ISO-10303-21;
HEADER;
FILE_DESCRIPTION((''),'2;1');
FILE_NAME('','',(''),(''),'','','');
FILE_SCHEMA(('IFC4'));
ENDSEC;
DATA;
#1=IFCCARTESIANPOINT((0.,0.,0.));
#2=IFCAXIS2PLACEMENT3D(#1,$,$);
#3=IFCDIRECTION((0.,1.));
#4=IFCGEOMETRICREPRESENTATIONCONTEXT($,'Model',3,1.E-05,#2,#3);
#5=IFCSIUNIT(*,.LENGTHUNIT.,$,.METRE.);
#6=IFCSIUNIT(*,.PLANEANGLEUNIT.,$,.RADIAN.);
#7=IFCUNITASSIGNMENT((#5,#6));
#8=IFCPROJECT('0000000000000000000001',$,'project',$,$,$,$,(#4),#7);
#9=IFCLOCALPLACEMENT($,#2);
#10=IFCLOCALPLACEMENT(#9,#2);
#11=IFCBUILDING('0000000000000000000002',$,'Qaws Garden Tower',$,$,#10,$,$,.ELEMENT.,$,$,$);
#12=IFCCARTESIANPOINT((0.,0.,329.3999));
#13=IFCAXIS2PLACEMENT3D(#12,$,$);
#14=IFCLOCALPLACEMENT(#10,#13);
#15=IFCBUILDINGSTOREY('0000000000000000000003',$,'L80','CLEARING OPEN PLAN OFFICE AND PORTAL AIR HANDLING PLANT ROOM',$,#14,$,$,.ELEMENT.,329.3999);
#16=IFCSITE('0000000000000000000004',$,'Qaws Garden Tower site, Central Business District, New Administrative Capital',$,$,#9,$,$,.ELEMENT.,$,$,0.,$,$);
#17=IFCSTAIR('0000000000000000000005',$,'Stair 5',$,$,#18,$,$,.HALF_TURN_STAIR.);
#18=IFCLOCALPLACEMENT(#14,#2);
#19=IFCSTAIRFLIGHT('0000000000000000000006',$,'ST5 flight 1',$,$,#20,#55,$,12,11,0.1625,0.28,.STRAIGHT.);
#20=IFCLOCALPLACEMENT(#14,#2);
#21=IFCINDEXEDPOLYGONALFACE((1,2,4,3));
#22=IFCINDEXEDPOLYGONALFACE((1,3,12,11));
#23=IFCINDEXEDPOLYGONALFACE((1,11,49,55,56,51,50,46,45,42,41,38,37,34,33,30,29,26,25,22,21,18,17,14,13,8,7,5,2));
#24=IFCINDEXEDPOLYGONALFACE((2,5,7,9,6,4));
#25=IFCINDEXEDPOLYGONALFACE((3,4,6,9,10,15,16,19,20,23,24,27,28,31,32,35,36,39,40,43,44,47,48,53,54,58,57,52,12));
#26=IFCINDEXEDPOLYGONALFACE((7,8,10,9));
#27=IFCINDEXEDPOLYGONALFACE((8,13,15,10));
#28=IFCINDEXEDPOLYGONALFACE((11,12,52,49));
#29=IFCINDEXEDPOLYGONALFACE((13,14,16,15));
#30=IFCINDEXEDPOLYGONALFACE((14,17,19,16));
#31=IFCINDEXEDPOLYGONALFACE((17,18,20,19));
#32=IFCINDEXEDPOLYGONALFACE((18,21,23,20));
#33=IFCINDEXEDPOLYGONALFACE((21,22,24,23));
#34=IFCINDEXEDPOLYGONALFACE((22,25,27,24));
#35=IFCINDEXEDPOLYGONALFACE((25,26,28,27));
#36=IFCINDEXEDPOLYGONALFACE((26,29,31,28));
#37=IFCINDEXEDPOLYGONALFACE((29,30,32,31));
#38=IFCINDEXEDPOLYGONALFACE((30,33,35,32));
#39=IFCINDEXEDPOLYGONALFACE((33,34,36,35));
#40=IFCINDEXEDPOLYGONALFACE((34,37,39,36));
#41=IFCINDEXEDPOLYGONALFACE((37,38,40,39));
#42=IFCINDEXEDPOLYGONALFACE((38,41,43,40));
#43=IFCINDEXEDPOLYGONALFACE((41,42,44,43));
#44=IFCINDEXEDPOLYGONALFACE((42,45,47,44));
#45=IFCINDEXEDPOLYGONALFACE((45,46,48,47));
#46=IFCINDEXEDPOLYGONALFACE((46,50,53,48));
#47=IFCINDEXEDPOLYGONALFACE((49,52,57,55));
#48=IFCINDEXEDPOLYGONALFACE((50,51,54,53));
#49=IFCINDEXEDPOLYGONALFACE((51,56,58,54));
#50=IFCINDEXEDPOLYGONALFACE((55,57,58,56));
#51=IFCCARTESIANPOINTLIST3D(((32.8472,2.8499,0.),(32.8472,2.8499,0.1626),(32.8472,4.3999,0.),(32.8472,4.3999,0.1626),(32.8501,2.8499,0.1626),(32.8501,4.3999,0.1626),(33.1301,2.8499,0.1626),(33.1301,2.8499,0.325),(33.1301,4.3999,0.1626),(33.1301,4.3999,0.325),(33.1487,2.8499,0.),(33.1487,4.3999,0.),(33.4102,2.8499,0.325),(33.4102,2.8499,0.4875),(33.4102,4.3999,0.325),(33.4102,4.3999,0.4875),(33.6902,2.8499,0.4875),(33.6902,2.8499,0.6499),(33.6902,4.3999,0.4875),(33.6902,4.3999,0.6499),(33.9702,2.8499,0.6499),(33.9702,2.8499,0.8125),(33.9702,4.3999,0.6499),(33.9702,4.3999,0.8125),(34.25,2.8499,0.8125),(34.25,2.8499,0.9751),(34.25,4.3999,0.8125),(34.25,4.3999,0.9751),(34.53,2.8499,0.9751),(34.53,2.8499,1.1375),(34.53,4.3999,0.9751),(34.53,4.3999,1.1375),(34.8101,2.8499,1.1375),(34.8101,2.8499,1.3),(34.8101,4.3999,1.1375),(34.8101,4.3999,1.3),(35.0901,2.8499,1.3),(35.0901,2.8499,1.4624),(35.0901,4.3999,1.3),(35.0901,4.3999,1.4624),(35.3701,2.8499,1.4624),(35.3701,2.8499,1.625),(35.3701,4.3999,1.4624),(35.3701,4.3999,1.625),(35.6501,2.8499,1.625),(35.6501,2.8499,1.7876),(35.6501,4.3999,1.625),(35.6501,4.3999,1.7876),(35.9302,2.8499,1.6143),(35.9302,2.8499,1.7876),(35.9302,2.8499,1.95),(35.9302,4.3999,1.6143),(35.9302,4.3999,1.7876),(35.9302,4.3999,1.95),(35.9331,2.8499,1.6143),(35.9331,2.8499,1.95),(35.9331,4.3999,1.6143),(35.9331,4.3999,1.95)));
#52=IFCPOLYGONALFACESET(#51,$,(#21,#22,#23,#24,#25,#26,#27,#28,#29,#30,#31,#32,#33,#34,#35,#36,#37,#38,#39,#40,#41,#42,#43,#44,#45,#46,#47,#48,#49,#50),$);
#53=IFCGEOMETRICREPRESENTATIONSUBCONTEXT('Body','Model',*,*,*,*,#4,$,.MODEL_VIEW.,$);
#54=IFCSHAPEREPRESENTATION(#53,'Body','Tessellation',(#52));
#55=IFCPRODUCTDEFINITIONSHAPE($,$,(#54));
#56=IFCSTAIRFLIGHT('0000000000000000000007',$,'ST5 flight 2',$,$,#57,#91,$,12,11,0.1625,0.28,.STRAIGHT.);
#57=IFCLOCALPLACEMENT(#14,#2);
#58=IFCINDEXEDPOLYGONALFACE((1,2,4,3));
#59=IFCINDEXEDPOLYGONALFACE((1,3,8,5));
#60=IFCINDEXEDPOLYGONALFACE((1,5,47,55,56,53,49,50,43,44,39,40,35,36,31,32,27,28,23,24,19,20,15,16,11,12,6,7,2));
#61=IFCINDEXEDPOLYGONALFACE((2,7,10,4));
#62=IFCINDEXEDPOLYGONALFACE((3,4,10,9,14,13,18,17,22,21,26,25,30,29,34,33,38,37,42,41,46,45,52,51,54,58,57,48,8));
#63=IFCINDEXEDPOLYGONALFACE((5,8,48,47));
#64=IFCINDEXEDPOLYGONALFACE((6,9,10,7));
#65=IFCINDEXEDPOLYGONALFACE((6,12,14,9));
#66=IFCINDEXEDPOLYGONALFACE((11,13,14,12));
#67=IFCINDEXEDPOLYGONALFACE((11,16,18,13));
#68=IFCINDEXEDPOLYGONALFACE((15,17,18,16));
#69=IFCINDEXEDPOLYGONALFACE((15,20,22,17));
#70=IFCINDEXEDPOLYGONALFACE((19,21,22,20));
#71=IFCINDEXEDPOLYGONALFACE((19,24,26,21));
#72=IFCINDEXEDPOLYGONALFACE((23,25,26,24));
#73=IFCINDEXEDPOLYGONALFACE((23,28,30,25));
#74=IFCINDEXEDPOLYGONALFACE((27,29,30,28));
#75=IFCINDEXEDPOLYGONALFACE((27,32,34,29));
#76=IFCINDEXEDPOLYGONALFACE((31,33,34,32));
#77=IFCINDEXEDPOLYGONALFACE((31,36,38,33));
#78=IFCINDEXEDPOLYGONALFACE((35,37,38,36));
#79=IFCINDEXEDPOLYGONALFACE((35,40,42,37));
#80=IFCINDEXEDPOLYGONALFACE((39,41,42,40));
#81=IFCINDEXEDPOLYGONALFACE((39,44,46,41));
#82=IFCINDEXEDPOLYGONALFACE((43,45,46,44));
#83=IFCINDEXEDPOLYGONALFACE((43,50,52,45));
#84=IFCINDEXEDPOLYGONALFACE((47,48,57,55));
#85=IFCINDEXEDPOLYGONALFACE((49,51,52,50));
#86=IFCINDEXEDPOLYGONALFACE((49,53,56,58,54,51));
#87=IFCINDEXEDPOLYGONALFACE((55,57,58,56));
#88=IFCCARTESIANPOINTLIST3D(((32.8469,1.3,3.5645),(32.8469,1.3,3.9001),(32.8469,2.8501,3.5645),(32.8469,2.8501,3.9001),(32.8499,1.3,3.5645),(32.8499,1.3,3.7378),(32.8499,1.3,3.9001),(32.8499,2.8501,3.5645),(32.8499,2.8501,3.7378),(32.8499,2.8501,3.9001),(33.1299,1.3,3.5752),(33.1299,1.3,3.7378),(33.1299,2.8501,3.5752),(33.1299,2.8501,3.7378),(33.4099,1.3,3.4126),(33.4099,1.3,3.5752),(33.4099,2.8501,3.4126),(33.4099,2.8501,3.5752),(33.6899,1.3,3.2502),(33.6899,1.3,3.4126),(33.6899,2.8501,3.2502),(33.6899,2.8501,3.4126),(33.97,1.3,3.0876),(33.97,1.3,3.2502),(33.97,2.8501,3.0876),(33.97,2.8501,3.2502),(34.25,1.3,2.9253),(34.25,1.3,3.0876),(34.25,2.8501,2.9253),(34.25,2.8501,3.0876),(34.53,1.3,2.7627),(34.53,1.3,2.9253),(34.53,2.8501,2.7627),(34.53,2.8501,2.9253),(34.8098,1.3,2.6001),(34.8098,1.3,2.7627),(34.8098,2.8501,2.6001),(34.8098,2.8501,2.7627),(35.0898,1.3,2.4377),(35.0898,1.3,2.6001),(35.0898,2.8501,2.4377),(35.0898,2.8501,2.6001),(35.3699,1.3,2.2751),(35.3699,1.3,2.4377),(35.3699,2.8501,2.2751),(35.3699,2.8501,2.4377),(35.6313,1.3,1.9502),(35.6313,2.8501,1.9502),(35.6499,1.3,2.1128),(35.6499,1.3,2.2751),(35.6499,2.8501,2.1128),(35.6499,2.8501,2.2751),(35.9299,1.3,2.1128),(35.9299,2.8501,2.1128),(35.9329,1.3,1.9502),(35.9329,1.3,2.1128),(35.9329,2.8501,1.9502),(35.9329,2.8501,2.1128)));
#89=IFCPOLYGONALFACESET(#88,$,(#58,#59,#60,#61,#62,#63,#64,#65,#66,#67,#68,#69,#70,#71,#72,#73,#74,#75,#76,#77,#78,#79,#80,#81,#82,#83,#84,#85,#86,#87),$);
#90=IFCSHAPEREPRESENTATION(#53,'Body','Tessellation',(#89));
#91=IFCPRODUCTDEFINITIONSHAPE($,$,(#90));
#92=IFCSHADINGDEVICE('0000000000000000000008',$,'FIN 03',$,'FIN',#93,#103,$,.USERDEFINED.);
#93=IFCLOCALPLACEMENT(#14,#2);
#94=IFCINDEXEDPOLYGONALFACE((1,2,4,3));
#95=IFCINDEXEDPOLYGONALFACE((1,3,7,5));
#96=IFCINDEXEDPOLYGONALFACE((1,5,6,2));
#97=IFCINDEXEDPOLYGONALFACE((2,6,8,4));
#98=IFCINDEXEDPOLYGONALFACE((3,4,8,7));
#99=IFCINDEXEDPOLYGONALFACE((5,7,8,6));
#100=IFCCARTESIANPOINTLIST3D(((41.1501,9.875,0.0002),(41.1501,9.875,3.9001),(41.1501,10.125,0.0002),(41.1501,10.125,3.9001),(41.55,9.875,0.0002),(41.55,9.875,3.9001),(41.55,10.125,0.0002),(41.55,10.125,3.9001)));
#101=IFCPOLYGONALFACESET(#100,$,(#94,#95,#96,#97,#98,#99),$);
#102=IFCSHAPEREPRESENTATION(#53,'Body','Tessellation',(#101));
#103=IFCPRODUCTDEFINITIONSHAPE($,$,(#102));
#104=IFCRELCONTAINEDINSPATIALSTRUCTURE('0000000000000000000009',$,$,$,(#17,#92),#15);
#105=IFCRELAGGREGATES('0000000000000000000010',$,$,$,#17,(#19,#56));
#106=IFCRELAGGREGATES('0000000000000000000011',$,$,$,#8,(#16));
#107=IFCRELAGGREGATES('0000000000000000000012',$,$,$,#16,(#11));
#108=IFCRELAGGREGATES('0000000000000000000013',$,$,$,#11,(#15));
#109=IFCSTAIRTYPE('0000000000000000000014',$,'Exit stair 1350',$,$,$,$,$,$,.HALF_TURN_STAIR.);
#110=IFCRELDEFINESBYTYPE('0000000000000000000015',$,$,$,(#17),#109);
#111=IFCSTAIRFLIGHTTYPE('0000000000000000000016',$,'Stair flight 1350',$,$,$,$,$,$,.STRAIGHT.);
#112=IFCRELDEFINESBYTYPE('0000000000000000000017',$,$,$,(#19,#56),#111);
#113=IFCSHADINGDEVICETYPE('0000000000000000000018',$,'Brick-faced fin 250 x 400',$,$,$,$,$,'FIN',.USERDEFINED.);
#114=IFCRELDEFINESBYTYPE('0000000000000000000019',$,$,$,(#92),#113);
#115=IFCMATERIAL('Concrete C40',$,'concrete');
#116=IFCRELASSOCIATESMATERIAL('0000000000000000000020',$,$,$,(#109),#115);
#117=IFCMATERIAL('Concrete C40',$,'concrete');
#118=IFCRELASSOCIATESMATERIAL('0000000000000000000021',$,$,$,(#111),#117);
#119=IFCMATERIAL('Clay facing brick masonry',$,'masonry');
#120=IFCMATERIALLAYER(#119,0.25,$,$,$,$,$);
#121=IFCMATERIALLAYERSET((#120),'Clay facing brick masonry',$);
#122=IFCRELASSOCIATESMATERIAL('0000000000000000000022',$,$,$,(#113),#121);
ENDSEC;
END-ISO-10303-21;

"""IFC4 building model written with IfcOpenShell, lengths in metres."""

from ifc_helpers import new_model, si_unit, direction, frame, origin, origin_2d, place, context, subcontext, project, spatial, polyline, rectangle, outline, extrude, material, layer, layer_set, type_object, element, aggregate, save


model = new_model("IFC4")

# Units and contexts
model_context = context("Model", 3, precision=1e-05, world=origin(), true_north=direction((0.0, 1.0)))
body_context = subcontext(model_context, "Body", "Model", "MODEL_VIEW")
ifc_project = project(units=[si_unit("LENGTHUNIT", "METRE"), si_unit("PLANEANGLEUNIT", "RADIAN")], contexts=[model_context])

# Site, building, storey
site_placement = place(None, origin())
site = spatial("IfcSite", under=ifc_project, at=site_placement, Name="Qaws Garden Tower site, Central Business District, New Administrative Capital", CompositionType="ELEMENT", RefElevation=0.0)
building_placement = place(site_placement, origin())
building = spatial("IfcBuilding", under=site, at=building_placement, Name="Qaws Garden Tower", CompositionType="ELEMENT")
storey_placement = place(building_placement, frame((0.0, 0.0, 329.3999)))
storey = spatial("IfcBuildingStorey", under=building, at=storey_placement, Name="L80", Description="CLEARING OPEN PLAN OFFICE AND PORTAL AIR HANDLING PLANT ROOM", CompositionType="ELEMENT", Elevation=329.3999)

# Stair, stair flights
ifc_material_1 = material(Name="Concrete C40", Category="concrete")
stair_type = type_object("IfcStairType", Name="Exit stair 1350", PredefinedType="HALF_TURN_STAIR", material=ifc_material_1)
stair_placement = place(storey_placement, origin())
stair = element("IfcStair", 1, at=stair_placement, inside=storey, type_object=stair_type, Name="Stair 5", PredefinedType="HALF_TURN_STAIR")
ifc_material_2 = material(Name="Concrete C40", Category="concrete")
stair_flight_type = type_object("IfcStairFlightType", Name="Stair flight 1350", PredefinedType="STRAIGHT", material=ifc_material_2)
stair_flight_1_placement = place(storey_placement, frame((32.8501, 3.625, 0.0), z_axis=(0.0, 0.0, 1.0), x_axis=(1.0, 0.0, 0.0)))
stair_flight_1 = element("IfcStairFlight", 2, at=stair_flight_1_placement, type_object=stair_flight_type, Name="ST5 flight 1", NumberOfRisers=12, NumberOfTreads=11, PredefinedType="STRAIGHT", RiserHeight=0.1625, TreadLength=0.28, context=body_context, shape_type="SweptSolid", body=[
    extrude(outline(polyline([(-0.0029, 0.0), (-0.0029, 0.1626), (0.0, 0.1626), (0.28, 0.1626), (0.28, 0.325), (0.5601, 0.325), (0.5601, 0.4875), (0.8401, 0.4875), (0.8401, 0.6499), (1.1201, 0.6499), (1.1201, 0.8125), (1.3999, 0.8125), (1.3999, 0.9751), (1.6799, 0.9751), (1.6799, 1.1375), (1.96, 1.1375), (1.96, 1.3), (2.24, 1.3), (2.24, 1.4624), (2.52, 1.4624), (2.52, 1.625), (2.8, 1.625), (2.8, 1.7876), (3.0801, 1.7876), (3.0801, 1.95), (3.083, 1.95), (3.083, 1.6143), (3.0801, 1.6143), (0.2986, 0.0), (-0.0029, 0.0)])), frame((0.0, 0.7749, 0.0), z_axis=(0.0, -1.0, 0.0), x_axis=(1.0, 0.0, 0.0)), (0.0, 0.0, 1.0), 1.55),
])
stair_flight_2_placement = place(storey_placement, frame((35.9299, 2.075, 1.9502), z_axis=(0.0, 0.0, 1.0), x_axis=(-1.0, 0.0, 0.0)))
stair_flight_2 = element("IfcStairFlight", 3, at=stair_flight_2_placement, type_object=stair_flight_type, Name="ST5 flight 2", NumberOfRisers=12, NumberOfTreads=11, PredefinedType="STRAIGHT", RiserHeight=0.1625, TreadLength=0.28, context=body_context, shape_type="SweptSolid", body=[
    extrude(outline(polyline([(-0.0029, 0.0), (-0.0029, 0.1626), (0.0, 0.1626), (0.28, 0.1626), (0.28, 0.325), (0.5601, 0.325), (0.5601, 0.4875), (0.8401, 0.4875), (0.8401, 0.6499), (1.1201, 0.6499), (1.1201, 0.8125), (1.3999, 0.8125), (1.3999, 0.9751), (1.6799, 0.9751), (1.6799, 1.1375), (1.96, 1.1375), (1.96, 1.3), (2.24, 1.3), (2.24, 1.4624), (2.52, 1.4624), (2.52, 1.625), (2.8, 1.625), (2.8, 1.7876), (3.0801, 1.7876), (3.0801, 1.95), (3.083, 1.95), (3.083, 1.6143), (3.0801, 1.6143), (0.2986, 0.0), (-0.0029, 0.0)])), frame((0.0, 0.7749, 0.0), z_axis=(0.0, -1.0, 0.0), x_axis=(1.0, 0.0, 0.0)), (0.0, 0.0, 1.0), 1.55),
])
aggregate(stair, [stair_flight_1, stair_flight_2])

# Shading device
ifc_material_3 = material(Name="Clay facing brick masonry", Category="masonry")
ifc_layer_1 = layer(ifc_material_3, 0.25)
ifc_layer_set_1 = layer_set([ifc_layer_1], Name="Clay facing brick masonry")
shading_device_type = type_object("IfcShadingDeviceType", Name="Brick-faced fin 250 x 400", ElementType="FIN", PredefinedType="USERDEFINED", material=ifc_layer_set_1)
shading_device_placement = place(storey_placement, frame((41.3501, 10.0, 0.0002), z_axis=(0.0, 0.0, 1.0), x_axis=(0.0, 1.0, 0.0)))
element("IfcShadingDevice", 4, at=shading_device_placement, inside=storey, type_object=shading_device_type, Name="FIN 03", ObjectType="FIN", PredefinedType="USERDEFINED", context=body_context, shape_type="SweptSolid", body=[
    extrude(rectangle(XDim=0.25, YDim=0.3999, at=origin_2d()), origin(), (0.0, 0.0, 1.0), 3.8999),
])

save(model, "model.ifc")
